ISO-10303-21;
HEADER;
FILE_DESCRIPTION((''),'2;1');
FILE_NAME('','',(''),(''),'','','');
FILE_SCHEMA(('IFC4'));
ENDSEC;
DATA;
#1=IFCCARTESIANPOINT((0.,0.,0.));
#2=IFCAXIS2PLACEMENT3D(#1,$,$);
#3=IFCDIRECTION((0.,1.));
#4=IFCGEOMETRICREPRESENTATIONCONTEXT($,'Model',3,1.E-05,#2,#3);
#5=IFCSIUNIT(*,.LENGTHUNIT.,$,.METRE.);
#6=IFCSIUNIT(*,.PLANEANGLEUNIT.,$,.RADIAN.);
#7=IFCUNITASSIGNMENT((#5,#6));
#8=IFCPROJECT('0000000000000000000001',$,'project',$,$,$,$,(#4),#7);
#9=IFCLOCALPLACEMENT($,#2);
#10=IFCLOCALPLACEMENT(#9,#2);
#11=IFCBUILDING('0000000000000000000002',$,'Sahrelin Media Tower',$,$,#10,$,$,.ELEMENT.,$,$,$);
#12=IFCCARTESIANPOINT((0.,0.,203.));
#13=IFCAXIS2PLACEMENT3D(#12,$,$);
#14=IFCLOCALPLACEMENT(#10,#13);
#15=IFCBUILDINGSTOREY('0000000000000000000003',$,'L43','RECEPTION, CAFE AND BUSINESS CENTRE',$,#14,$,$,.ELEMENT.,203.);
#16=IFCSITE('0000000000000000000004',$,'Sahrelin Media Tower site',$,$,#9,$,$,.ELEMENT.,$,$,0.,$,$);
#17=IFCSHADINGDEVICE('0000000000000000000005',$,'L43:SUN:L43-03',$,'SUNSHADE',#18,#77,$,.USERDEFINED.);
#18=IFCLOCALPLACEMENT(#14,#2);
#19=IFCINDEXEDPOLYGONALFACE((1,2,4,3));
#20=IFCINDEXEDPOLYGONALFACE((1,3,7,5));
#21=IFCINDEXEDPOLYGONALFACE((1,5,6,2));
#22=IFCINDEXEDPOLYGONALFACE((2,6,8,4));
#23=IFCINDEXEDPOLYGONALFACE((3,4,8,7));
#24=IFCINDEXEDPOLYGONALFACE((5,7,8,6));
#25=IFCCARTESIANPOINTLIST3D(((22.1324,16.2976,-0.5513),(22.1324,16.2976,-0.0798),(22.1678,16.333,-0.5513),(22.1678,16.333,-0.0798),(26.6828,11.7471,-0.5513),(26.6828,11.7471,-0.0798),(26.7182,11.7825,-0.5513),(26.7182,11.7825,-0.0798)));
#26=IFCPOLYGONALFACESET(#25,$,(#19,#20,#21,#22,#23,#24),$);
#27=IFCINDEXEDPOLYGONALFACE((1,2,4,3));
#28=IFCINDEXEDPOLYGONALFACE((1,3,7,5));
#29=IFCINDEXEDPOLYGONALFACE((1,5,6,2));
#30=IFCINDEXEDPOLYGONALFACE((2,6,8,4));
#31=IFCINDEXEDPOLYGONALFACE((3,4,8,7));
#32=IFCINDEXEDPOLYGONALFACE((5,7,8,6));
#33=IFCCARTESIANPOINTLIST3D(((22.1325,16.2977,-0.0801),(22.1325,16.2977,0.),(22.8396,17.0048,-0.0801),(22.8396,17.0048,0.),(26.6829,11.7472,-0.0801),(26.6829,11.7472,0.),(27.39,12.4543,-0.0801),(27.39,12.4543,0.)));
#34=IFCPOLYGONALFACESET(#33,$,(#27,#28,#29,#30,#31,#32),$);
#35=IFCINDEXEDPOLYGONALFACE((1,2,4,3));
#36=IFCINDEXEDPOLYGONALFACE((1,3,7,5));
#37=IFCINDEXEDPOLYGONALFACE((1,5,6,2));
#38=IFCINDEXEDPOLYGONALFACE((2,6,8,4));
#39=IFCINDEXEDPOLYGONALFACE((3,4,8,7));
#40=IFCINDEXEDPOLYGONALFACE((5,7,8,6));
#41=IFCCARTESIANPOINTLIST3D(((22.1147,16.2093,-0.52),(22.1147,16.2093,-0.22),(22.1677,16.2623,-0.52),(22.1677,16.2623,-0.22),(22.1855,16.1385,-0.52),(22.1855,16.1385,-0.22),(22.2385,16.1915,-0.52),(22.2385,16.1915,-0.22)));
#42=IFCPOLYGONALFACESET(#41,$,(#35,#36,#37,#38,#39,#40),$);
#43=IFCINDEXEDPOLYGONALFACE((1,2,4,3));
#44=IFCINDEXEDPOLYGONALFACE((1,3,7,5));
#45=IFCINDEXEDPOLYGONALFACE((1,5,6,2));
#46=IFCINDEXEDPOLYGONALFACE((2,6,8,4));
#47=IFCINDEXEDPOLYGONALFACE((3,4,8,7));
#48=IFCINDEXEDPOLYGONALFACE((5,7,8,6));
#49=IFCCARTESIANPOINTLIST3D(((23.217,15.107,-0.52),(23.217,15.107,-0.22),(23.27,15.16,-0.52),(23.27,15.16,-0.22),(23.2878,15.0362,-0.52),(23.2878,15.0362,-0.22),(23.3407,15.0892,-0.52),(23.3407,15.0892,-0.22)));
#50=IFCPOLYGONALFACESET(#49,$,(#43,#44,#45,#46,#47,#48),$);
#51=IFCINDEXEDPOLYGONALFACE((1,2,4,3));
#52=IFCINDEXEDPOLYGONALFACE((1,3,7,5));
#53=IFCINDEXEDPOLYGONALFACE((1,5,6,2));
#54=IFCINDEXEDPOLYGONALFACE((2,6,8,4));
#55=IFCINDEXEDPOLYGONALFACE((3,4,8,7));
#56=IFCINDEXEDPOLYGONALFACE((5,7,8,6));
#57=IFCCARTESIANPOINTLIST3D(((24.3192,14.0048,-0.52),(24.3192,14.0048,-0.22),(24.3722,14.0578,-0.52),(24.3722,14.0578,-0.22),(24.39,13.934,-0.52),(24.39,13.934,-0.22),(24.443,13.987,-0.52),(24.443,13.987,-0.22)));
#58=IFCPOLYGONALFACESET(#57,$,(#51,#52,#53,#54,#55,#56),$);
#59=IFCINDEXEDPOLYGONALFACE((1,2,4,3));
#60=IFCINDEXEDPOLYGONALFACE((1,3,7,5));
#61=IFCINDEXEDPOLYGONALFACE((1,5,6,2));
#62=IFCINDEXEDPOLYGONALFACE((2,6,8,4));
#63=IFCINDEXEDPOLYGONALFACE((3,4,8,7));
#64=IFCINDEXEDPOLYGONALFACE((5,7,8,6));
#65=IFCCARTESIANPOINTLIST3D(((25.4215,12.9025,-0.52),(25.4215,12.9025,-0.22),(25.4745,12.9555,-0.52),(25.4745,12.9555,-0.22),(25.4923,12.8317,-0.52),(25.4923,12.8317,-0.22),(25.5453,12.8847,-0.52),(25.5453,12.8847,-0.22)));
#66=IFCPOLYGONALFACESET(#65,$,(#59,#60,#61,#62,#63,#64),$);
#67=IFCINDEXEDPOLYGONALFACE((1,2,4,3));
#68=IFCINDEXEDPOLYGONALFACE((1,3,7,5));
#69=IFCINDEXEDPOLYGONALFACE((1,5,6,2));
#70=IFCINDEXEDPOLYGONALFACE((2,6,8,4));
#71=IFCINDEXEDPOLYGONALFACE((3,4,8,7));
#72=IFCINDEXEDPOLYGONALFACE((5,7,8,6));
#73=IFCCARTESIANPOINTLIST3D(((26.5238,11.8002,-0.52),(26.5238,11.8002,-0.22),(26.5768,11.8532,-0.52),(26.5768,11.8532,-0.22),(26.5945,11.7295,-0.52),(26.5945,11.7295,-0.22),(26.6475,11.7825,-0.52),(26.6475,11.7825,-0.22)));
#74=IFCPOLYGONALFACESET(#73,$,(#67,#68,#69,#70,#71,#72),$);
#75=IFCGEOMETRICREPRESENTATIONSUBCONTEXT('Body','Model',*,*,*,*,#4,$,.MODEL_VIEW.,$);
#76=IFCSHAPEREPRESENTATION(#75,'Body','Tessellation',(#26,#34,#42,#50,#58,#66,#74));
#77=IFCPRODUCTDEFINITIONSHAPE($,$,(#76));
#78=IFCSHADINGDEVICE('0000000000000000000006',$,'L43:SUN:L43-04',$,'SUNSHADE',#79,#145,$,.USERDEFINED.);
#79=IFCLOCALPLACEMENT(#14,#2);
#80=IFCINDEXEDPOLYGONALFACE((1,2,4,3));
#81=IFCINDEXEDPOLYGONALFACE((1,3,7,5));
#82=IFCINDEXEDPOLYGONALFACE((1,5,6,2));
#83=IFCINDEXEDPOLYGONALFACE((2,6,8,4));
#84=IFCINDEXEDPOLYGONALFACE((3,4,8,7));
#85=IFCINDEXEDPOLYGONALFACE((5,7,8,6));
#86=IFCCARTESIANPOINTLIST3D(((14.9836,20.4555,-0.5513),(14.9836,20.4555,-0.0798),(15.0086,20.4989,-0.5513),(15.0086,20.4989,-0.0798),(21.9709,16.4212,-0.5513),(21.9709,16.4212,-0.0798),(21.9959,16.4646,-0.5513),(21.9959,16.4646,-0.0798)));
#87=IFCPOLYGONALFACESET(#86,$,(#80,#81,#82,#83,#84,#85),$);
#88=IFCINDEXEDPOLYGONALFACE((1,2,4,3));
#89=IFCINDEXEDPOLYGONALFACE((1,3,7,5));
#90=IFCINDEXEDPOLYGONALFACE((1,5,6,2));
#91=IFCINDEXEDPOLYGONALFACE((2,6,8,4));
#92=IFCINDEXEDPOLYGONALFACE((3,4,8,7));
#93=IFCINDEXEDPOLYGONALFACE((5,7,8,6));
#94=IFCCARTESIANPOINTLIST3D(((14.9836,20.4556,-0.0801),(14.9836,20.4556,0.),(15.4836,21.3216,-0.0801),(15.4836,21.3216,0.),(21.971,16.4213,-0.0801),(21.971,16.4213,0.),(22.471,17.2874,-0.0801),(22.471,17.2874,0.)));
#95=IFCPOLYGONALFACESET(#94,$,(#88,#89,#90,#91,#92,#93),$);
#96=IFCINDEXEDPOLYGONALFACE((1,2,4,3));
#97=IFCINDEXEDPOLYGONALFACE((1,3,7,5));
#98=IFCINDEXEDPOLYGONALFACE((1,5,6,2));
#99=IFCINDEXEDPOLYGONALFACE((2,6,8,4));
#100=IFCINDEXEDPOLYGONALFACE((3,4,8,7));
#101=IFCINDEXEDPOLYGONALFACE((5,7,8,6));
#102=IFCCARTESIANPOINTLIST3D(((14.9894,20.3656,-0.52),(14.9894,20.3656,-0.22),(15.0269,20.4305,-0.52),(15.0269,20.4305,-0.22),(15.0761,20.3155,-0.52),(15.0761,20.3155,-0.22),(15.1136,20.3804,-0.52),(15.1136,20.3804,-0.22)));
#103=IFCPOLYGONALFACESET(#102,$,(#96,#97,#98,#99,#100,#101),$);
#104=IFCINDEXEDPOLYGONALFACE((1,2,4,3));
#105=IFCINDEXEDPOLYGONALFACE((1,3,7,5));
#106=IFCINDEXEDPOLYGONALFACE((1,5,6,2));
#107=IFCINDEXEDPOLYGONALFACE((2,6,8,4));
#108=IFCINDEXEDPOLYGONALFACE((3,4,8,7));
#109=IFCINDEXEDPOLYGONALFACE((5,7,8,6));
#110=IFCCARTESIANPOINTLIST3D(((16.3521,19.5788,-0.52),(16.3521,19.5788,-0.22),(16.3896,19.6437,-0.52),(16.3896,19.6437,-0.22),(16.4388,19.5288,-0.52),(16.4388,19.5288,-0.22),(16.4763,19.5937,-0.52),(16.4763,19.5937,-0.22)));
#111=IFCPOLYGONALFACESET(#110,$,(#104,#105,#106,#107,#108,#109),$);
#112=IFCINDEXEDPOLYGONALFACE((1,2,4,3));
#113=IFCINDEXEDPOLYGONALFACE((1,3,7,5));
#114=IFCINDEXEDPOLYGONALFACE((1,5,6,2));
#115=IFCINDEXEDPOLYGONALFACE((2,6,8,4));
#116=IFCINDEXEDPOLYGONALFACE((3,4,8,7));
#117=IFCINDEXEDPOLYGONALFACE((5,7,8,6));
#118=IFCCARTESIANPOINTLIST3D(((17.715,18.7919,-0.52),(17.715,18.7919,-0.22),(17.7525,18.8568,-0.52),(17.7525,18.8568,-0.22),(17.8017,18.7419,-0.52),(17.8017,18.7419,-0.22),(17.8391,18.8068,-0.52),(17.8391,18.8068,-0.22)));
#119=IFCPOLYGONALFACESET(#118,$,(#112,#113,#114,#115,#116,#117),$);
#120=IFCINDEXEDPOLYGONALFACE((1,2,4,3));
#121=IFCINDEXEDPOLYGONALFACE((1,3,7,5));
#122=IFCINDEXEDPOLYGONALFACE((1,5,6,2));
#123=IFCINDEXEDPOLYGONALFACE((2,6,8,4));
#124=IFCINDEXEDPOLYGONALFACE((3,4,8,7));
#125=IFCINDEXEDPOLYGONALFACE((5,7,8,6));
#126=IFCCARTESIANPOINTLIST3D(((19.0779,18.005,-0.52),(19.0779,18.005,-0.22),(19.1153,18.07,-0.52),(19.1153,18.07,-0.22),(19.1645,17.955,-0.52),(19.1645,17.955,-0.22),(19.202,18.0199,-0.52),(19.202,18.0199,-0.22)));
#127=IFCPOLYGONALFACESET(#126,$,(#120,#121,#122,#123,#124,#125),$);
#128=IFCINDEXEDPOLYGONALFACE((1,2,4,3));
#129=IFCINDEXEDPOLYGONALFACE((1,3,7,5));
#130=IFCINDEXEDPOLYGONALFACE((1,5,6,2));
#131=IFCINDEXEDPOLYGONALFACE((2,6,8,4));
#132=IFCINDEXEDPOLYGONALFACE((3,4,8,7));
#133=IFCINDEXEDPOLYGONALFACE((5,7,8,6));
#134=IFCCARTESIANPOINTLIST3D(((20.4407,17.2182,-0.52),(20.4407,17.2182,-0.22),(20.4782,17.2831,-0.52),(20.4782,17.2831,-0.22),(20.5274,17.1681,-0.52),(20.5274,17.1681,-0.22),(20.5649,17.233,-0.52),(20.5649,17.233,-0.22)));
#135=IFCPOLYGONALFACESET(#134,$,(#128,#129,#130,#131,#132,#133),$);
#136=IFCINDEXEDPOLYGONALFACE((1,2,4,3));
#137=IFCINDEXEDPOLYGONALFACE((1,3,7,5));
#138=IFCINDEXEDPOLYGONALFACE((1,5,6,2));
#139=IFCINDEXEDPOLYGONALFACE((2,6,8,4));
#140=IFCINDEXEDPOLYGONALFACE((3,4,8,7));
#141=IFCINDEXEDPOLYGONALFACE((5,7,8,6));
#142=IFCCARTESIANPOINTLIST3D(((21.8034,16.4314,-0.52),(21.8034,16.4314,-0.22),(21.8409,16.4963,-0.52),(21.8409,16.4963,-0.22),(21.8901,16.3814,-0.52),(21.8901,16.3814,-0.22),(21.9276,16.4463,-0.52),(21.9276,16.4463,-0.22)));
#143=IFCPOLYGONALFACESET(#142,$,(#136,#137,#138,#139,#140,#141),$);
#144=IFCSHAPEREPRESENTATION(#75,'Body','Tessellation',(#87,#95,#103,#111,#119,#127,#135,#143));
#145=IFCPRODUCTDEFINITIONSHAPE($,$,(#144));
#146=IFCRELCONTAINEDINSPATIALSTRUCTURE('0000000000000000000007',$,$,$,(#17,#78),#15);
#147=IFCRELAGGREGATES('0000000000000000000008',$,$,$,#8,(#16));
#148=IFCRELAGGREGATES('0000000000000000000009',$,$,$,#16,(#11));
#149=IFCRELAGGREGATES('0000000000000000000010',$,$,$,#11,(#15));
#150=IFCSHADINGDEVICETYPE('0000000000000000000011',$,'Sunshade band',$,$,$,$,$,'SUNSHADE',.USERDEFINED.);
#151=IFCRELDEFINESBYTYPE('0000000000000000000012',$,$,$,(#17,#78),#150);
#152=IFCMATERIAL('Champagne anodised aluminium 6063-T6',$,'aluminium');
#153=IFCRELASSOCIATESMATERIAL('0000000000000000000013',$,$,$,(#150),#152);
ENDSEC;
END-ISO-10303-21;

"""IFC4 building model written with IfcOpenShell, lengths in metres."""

from ifc_helpers import new_model, si_unit, direction, frame, origin, origin_2d, place, context, subcontext, project, spatial, rectangle, extrude, material, type_object, element, save


model = new_model("IFC4")

# Units and contexts
model_context = context("Model", 3, precision=1e-05, world=origin(), true_north=direction((0.0, 1.0)))
body_context = subcontext(model_context, "Body", "Model", "MODEL_VIEW")
ifc_project = project(units=[si_unit("LENGTHUNIT", "METRE"), si_unit("PLANEANGLEUNIT", "RADIAN")], contexts=[model_context])

# Site, building, storey
site_placement = place(None, origin())
site = spatial("IfcSite", under=ifc_project, at=site_placement, Name="Sahrelin Media Tower site", CompositionType="ELEMENT", RefElevation=0.0)
building_placement = place(site_placement, origin())
building = spatial("IfcBuilding", under=site, at=building_placement, Name="Sahrelin Media Tower", CompositionType="ELEMENT")
storey_placement = place(building_placement, frame((0.0, 0.0, 203.0)))
storey = spatial("IfcBuildingStorey", under=building, at=storey_placement, Name="L43", Description="RECEPTION, CAFE AND BUSINESS CENTRE", CompositionType="ELEMENT", Elevation=203.0)

# Shared definitions
ifc_material_1 = material(Name="Champagne anodised aluminium 6063-T6", Category="aluminium")

# Shading devices
placement_1 = place(storey_placement, frame((24.3936, 14.0083, 0.0), z_axis=(0.0, 0.0, 1.0), x_axis=(0.707107, -0.707107, 0.0)))
placement_2 = place(storey_placement, frame((18.4673, 18.4211, 0.0), z_axis=(0.0, 0.0, 1.0), x_axis=(0.866019, -0.500011, 0.0)))
shading_device_type_1 = type_object("IfcShadingDeviceType", Name="Sunshade band", ElementType="SUNSHADE", PredefinedType="USERDEFINED", material=ifc_material_1)
element("IfcShadingDevice", 1, at=placement_1, inside=storey, type_object=shading_device_type_1, Name="L43:SUN:L43-03", ObjectType="SUNSHADE", PredefinedType="USERDEFINED", context=body_context, shape_type="SweptSolid", body=[
    extrude(rectangle(XDim=6.4353, YDim=0.05, at=origin_2d()), frame((0.0, 0.0449, -0.5513)), (0.0, 0.0, 1.0), 0.4714),
    extrude(rectangle(XDim=6.4353, YDim=1.0, at=origin_2d()), frame((0.0, 0.52, -0.0801)), (0.0, 0.0, 1.0), 0.0801),
    extrude(rectangle(XDim=0.1001, YDim=0.075, at=origin_2d()), frame((-3.1177, -0.0176, -0.52)), (0.0, 0.0, 1.0), 0.3),
    extrude(rectangle(XDim=0.1001, YDim=0.075, at=origin_2d()), frame((-1.5588, -0.0176, -0.52)), (0.0, 0.0, 1.0), 0.3),
    extrude(rectangle(XDim=0.1001, YDim=0.075, at=origin_2d()), frame((0.0, -0.0176, -0.52)), (0.0, 0.0, 1.0), 0.3),
    extrude(rectangle(XDim=0.1001, YDim=0.075, at=origin_2d()), frame((1.5588, -0.0176, -0.52)), (0.0, 0.0, 1.0), 0.3),
    extrude(rectangle(XDim=0.1001, YDim=0.075, at=origin_2d()), frame((3.1177, -0.0176, -0.52)), (0.0, 0.0, 1.0), 0.3),
])
element("IfcShadingDevice", 2, at=placement_2, inside=storey, type_object=shading_device_type_1, Name="L43:SUN:L43-04", ObjectType="SUNSHADE", PredefinedType="USERDEFINED", context=body_context, shape_type="SweptSolid", body=[
    extrude(rectangle(XDim=8.0684, YDim=0.05, at=origin_2d()), frame((0.0, 0.0449, -0.5513)), (0.0, 0.0, 1.0), 0.4714),
    extrude(rectangle(XDim=8.0684, YDim=1.0, at=origin_2d()), frame((0.0, 0.52, -0.0801)), (0.0, 0.0, 1.0), 0.0801),
    extrude(rectangle(XDim=0.1001, YDim=0.075, at=origin_2d()), frame((-3.9341, -0.0176, -0.52)), (0.0, 0.0, 1.0), 0.3),
    extrude(rectangle(XDim=0.1001, YDim=0.075, at=origin_2d()), frame((-2.3606, -0.0176, -0.52)), (0.0, 0.0, 1.0), 0.3),
    extrude(rectangle(XDim=0.1001, YDim=0.075, at=origin_2d()), frame((-0.7869, -0.0176, -0.52)), (0.0, 0.0, 1.0), 0.3),
    extrude(rectangle(XDim=0.1001, YDim=0.075, at=origin_2d()), frame((0.7869, -0.0176, -0.52)), (0.0, 0.0, 1.0), 0.3),
    extrude(rectangle(XDim=0.1001, YDim=0.075, at=origin_2d()), frame((2.3606, -0.0176, -0.52)), (0.0, 0.0, 1.0), 0.3),
    extrude(rectangle(XDim=0.1001, YDim=0.075, at=origin_2d()), frame((3.9341, -0.0176, -0.52)), (0.0, 0.0, 1.0), 0.3),
])

save(model, "model.ifc")
